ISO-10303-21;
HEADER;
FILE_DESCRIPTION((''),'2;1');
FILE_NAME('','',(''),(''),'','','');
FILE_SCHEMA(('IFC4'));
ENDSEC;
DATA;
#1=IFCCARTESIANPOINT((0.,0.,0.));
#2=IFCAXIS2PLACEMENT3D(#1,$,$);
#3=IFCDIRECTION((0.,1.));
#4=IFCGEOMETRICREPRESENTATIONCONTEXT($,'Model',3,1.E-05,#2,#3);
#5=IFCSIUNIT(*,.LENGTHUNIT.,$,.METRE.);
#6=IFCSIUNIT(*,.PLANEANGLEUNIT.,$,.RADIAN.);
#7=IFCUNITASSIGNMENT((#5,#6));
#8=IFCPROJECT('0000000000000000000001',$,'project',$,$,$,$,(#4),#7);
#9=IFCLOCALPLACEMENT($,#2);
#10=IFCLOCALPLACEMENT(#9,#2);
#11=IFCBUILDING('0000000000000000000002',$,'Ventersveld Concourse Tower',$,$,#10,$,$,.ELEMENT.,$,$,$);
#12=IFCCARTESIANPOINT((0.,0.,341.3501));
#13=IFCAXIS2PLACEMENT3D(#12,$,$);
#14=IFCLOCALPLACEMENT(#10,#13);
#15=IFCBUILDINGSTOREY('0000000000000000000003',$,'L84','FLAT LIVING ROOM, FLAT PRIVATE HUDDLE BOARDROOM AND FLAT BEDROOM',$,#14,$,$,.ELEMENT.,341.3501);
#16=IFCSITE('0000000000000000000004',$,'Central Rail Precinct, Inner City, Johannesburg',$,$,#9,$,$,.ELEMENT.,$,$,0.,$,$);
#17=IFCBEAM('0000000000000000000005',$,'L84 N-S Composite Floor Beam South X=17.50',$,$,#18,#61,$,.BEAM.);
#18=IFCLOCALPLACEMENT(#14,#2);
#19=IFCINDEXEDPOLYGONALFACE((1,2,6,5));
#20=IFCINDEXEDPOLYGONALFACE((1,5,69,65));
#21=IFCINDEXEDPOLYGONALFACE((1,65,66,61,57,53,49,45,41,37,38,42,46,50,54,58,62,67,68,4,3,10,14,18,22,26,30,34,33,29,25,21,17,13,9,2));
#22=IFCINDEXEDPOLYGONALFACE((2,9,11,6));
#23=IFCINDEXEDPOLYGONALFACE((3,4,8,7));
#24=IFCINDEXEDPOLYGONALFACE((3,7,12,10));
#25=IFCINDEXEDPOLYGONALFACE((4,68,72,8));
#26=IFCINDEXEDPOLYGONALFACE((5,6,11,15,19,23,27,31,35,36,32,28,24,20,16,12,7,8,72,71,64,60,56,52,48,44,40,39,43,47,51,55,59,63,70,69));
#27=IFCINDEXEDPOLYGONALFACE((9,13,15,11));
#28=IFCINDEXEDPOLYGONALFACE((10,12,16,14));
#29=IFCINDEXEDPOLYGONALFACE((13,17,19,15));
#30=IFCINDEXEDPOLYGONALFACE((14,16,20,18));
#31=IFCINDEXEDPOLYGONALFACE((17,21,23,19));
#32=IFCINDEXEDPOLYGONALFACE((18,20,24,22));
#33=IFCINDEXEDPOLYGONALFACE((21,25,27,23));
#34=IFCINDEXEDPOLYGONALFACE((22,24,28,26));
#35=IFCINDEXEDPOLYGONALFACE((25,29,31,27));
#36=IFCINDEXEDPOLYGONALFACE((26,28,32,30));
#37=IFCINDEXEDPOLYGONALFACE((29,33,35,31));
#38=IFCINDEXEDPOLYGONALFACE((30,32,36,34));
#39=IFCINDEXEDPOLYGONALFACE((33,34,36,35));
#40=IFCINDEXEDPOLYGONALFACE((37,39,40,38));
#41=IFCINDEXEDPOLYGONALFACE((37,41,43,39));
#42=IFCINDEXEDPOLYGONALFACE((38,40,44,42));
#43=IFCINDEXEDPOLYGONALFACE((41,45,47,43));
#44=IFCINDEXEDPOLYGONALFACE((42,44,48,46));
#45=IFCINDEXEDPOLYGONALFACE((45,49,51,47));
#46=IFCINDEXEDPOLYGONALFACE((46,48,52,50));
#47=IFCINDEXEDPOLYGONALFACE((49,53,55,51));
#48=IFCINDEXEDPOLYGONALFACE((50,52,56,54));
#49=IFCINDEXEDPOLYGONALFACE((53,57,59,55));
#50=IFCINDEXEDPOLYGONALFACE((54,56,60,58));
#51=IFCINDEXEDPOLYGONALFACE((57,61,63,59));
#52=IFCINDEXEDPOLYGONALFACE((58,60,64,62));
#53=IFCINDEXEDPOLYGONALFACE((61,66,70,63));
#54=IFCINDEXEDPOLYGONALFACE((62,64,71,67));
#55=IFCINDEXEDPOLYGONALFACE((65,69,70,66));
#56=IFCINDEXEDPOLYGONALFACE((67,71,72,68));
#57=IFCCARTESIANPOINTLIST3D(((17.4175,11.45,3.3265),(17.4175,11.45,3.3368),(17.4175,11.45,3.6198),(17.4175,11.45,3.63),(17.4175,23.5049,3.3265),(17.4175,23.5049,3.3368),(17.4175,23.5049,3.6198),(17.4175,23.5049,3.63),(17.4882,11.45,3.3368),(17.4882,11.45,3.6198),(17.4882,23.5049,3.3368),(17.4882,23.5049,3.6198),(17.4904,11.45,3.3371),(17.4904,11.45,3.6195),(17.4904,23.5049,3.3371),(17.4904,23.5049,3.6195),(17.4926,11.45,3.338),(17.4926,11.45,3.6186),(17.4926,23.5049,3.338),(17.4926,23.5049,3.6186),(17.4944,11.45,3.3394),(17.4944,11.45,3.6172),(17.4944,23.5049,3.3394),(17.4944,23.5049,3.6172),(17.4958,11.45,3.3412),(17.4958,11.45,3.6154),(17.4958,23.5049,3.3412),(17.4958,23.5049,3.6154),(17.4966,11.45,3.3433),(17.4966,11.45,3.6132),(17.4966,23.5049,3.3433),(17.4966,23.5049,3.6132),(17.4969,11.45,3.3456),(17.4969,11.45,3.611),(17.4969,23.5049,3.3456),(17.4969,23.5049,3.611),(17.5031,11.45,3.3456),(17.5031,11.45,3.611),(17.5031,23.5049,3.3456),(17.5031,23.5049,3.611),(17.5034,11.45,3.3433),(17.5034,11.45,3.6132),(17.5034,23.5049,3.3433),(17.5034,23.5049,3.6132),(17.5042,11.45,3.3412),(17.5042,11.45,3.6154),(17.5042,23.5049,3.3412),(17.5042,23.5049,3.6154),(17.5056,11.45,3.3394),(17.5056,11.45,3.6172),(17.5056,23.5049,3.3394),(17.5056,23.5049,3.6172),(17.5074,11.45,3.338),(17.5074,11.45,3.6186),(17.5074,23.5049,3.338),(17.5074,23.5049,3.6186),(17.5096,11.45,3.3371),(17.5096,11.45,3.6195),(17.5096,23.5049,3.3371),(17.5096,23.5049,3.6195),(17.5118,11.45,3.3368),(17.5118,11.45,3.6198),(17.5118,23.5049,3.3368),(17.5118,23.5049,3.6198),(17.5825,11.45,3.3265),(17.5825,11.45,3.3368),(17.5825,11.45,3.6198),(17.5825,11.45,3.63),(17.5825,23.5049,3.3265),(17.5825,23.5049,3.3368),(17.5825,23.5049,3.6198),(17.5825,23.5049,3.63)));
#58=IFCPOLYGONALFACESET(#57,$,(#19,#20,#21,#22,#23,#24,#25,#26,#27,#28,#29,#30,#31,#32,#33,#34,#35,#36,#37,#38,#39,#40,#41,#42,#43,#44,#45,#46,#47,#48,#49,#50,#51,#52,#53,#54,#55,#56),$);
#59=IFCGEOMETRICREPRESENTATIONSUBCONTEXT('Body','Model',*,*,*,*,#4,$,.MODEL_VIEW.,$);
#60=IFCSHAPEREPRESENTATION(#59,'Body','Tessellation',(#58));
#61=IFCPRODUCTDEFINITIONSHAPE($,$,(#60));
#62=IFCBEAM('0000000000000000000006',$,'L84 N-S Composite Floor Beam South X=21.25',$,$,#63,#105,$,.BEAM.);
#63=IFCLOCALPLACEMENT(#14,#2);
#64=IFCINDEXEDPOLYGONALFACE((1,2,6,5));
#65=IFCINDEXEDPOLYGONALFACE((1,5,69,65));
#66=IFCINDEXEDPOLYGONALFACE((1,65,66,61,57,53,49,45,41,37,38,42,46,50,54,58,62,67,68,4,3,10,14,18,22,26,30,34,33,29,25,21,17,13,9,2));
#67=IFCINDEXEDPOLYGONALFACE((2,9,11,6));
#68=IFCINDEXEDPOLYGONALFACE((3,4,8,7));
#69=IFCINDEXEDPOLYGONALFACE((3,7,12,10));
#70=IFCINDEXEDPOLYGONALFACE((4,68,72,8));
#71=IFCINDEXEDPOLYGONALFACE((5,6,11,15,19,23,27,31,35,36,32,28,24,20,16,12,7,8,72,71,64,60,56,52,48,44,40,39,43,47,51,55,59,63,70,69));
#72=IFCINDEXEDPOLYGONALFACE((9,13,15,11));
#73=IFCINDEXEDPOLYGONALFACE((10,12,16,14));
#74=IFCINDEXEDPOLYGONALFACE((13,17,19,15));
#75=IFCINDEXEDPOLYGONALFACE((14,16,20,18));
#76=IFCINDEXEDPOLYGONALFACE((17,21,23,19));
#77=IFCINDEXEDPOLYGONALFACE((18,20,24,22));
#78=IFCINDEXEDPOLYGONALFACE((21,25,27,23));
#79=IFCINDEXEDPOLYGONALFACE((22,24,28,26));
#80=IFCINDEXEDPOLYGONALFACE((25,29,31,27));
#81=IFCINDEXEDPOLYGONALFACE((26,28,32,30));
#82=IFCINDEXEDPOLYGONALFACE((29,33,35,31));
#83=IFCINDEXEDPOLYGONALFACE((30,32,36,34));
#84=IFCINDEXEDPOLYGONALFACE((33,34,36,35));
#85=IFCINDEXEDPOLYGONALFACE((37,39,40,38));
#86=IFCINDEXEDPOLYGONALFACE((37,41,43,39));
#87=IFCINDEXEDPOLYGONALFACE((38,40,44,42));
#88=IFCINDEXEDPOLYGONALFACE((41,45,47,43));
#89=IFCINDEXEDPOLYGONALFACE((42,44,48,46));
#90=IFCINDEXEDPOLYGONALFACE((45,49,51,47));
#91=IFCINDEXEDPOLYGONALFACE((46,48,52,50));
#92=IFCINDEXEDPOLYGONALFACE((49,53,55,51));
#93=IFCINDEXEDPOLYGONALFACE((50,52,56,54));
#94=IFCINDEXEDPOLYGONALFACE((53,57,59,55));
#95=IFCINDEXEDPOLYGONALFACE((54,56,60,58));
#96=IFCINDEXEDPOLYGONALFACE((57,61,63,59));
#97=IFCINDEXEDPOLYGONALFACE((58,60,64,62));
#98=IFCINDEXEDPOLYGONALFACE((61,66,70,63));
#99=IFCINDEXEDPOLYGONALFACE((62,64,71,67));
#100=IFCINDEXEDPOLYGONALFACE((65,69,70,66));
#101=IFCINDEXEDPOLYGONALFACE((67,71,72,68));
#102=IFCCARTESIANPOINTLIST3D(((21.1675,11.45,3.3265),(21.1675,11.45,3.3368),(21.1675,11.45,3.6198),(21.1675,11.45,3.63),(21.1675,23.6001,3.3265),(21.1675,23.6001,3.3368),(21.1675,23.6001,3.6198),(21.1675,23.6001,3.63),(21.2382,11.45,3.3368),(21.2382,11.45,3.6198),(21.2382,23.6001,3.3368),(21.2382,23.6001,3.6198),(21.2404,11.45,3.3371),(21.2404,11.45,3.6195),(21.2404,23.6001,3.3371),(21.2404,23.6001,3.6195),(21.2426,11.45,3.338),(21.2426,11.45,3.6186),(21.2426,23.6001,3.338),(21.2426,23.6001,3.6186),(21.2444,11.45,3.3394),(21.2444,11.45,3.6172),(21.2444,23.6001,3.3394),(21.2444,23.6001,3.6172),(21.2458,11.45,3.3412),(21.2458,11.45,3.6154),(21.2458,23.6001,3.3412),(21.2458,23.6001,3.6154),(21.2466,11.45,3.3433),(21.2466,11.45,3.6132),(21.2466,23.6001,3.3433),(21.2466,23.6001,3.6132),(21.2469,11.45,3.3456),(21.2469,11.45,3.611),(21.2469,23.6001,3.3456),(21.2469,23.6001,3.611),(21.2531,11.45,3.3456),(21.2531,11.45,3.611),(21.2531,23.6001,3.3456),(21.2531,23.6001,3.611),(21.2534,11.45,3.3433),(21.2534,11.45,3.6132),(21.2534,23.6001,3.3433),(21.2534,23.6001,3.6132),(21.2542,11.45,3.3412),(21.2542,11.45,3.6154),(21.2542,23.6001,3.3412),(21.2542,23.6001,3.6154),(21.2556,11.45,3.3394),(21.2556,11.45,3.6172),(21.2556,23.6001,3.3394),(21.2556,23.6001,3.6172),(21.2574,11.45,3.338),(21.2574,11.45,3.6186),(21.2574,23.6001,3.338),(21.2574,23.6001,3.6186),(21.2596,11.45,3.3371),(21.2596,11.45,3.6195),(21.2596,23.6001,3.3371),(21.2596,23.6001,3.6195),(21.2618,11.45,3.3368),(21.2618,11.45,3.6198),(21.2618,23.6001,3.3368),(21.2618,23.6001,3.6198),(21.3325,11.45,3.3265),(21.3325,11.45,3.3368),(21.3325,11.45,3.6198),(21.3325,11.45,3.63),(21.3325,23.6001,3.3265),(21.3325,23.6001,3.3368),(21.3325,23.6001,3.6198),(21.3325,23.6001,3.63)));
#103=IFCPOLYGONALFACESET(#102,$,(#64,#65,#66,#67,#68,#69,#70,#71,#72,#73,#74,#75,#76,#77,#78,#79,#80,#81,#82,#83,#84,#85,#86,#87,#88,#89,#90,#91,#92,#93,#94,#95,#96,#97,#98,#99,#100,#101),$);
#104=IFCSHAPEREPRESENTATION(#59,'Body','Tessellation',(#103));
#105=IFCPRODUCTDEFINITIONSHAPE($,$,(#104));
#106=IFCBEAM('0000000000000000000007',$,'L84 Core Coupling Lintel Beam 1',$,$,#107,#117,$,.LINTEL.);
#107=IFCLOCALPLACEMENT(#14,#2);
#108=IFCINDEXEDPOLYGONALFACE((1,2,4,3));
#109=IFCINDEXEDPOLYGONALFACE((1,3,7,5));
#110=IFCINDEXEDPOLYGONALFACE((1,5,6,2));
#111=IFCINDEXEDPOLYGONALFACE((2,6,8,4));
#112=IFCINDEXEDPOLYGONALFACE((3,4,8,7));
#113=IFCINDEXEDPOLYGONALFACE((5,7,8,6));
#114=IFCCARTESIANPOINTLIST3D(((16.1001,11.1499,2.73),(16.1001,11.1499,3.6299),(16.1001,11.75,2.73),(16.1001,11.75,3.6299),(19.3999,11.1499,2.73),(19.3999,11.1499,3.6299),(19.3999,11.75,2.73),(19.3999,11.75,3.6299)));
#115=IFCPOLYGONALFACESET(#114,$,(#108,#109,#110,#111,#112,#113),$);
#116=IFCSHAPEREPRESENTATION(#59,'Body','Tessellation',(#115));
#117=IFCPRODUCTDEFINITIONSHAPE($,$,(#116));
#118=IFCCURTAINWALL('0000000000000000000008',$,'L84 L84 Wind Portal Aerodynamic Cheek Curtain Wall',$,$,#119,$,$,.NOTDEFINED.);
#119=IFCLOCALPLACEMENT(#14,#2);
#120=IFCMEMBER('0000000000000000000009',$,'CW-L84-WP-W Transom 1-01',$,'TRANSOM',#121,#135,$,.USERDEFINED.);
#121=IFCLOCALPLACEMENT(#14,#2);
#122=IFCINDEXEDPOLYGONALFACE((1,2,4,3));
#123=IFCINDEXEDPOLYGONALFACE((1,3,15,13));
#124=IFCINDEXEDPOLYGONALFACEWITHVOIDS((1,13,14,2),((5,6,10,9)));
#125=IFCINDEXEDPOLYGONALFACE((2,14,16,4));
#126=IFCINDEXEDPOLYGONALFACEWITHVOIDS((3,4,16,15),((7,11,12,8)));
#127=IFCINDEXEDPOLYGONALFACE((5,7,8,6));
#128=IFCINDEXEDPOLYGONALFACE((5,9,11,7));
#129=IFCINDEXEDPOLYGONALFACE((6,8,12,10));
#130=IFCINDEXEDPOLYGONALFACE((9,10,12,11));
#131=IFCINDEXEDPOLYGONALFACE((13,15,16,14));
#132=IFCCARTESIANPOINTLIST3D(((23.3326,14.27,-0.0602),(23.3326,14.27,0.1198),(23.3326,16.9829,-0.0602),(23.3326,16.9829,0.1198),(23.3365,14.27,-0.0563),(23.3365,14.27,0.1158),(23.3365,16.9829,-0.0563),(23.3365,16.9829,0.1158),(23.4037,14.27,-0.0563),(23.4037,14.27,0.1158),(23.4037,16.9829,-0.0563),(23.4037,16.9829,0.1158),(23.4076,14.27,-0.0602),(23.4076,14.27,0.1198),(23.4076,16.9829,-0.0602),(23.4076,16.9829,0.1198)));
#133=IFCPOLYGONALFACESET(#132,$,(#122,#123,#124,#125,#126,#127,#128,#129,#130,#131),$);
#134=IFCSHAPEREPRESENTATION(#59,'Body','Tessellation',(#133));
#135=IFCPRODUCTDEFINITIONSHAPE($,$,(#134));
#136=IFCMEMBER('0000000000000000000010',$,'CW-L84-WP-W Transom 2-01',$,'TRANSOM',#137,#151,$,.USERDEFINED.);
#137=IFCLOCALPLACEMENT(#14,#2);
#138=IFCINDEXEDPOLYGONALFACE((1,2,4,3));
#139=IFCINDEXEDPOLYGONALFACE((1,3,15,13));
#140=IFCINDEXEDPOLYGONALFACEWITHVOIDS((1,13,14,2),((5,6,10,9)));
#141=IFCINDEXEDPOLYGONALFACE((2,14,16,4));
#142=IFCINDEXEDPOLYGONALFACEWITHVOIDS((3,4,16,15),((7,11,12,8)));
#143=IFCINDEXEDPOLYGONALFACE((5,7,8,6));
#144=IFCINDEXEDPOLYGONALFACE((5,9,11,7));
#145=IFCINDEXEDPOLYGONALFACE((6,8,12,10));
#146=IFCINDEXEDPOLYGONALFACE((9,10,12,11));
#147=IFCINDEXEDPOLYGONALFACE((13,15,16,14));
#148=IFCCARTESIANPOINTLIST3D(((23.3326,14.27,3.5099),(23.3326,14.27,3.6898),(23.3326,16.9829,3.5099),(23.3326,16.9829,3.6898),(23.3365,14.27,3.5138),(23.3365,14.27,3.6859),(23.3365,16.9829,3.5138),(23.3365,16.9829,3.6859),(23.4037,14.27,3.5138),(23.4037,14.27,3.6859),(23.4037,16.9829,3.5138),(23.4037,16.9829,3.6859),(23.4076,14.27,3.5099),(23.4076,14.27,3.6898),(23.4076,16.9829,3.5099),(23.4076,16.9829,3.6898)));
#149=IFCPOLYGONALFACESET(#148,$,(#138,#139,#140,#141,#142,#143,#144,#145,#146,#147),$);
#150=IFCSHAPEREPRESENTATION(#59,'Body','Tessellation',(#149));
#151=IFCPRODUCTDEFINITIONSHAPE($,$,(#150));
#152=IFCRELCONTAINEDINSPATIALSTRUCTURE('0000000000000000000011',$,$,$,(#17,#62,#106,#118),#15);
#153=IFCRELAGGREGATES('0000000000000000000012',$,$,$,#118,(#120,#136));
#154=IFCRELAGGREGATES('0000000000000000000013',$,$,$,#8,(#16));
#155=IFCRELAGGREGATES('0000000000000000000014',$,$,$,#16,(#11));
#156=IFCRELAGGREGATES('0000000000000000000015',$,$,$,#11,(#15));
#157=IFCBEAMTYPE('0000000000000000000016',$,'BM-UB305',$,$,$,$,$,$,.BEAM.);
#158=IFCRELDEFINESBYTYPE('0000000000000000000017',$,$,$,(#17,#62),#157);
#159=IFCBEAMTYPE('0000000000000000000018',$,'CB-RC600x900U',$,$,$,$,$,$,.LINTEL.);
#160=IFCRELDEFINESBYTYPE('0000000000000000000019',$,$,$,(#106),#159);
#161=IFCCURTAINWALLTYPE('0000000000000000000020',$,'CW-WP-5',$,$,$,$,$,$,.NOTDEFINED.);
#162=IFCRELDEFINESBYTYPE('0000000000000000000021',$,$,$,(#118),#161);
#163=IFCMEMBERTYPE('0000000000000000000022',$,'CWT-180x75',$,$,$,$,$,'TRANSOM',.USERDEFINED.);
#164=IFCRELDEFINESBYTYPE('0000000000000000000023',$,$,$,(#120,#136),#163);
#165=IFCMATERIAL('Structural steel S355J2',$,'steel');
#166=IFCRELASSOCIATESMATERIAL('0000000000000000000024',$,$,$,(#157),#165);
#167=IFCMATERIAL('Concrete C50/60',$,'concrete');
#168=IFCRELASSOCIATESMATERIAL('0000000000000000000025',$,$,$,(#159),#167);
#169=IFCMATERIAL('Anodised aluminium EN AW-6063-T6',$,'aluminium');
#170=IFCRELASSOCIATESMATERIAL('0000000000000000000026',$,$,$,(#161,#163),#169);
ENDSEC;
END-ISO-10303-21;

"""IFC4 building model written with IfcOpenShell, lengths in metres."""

from ifc_helpers import new_model, si_unit, direction, frame, origin, origin_2d, place, context, subcontext, project, spatial, rectangle, hollow_rectangle, i_section, extrude, material, material_profile, profile_set, type_object, element, aggregate, save


model = new_model("IFC4")

# Units and contexts
model_context = context("Model", 3, precision=1e-05, world=origin(), true_north=direction((0.0, 1.0)))
body_context = subcontext(model_context, "Body", "Model", "MODEL_VIEW")
ifc_project = project(units=[si_unit("LENGTHUNIT", "METRE"), si_unit("PLANEANGLEUNIT", "RADIAN")], contexts=[model_context])

# Site, building, storey
site_placement = place(None, origin())
site = spatial("IfcSite", under=ifc_project, at=site_placement, Name="Central Rail Precinct, Inner City, Johannesburg", CompositionType="ELEMENT", RefElevation=0.0)
building_placement = place(site_placement, origin())
building = spatial("IfcBuilding", under=site, at=building_placement, Name="Ventersveld Concourse Tower", CompositionType="ELEMENT")
storey_placement = place(building_placement, frame((0.0, 0.0, 341.3501)))
storey = spatial("IfcBuildingStorey", under=building, at=storey_placement, Name="L84", Description="FLAT LIVING ROOM, FLAT PRIVATE HUDDLE BOARDROOM AND FLAT BEDROOM", CompositionType="ELEMENT", Elevation=341.3501)

# Beams
ifc_material_1 = material(Name="Structural steel S355J2", Category="steel")
ifc_material_profile_1 = material_profile(ifc_material_1, i_section(OverallWidth=0.165, OverallDepth=0.3035, WebThickness=0.0061, FlangeThickness=0.0103, FilletRadius=0.0088, at=origin_2d()), Name="UB 305x165x40")
ifc_profile_set_1 = profile_set([ifc_material_profile_1], Name="Structural steel S355J2")
beam_type_1 = type_object("IfcBeamType", Name="BM-UB305", PredefinedType="BEAM", material=ifc_profile_set_1)
beam_1_placement = place(storey_placement, frame((17.5, 11.45, 3.4783), z_axis=(0.0, 1.0, 0.0), x_axis=(-1.0, 0.0, 0.0)))
element("IfcBeam", 1, at=beam_1_placement, inside=storey, type_object=beam_type_1, Name="L84 N-S Composite Floor Beam South X=17.50", PredefinedType="BEAM", context=body_context, shape_type="SweptSolid", body=[
    extrude(i_section(OverallWidth=0.165, OverallDepth=0.3035, WebThickness=0.0061, FlangeThickness=0.0103, FilletRadius=0.0088, at=origin_2d()), origin(), (0.0, 0.0, 1.0), 12.0549),
])
beam_2_placement = place(storey_placement, frame((21.25, 11.45, 3.4783), z_axis=(0.0, 1.0, 0.0), x_axis=(-1.0, 0.0, 0.0)))
element("IfcBeam", 2, at=beam_2_placement, inside=storey, type_object=beam_type_1, Name="L84 N-S Composite Floor Beam South X=21.25", PredefinedType="BEAM", context=body_context, shape_type="SweptSolid", body=[
    extrude(i_section(OverallWidth=0.165, OverallDepth=0.3035, WebThickness=0.0061, FlangeThickness=0.0103, FilletRadius=0.0088, at=origin_2d()), origin(), (0.0, 0.0, 1.0), 12.1501),
])
ifc_material_2 = material(Name="Concrete C50/60", Category="concrete")
ifc_material_profile_2 = material_profile(ifc_material_2, rectangle(XDim=0.6001, YDim=0.8999, at=origin_2d()), Name="RC 600x900")
ifc_profile_set_2 = profile_set([ifc_material_profile_2], Name="Concrete C50/60")
beam_type_2 = type_object("IfcBeamType", Name="CB-RC600x900U", PredefinedType="LINTEL", material=ifc_profile_set_2)
beam_3_placement = place(storey_placement, frame((16.1001, 11.45, 3.1799), z_axis=(1.0, 0.0, 0.0), x_axis=(0.0, 1.0, 0.0)))
element("IfcBeam", 3, at=beam_3_placement, inside=storey, type_object=beam_type_2, Name="L84 Core Coupling Lintel Beam 1", PredefinedType="LINTEL", context=body_context, shape_type="SweptSolid", body=[
    extrude(rectangle(XDim=0.6001, YDim=0.8999, at=origin_2d()), origin(), (0.0, 0.0, 1.0), 3.2998),
])

# Curtain wall, members
ifc_material_3 = material(Name="Anodised aluminium EN AW-6063-T6", Category="aluminium")
curtain_wall_type = type_object("IfcCurtainWallType", Name="CW-WP-5", PredefinedType="NOTDEFINED", material=ifc_material_3)
curtain_wall_placement = place(storey_placement, origin())
curtain_wall = element("IfcCurtainWall", 4, at=curtain_wall_placement, inside=storey, type_object=curtain_wall_type, Name="L84 L84 Wind Portal Aerodynamic Cheek Curtain Wall", PredefinedType="NOTDEFINED")
ifc_material_profile_3 = material_profile(ifc_material_3, hollow_rectangle(XDim=0.075, YDim=0.1799, WallThickness=0.0039, at=origin_2d()), Name="ALU 180x75x4")
ifc_profile_set_3 = profile_set([ifc_material_profile_3], Name="Anodised aluminium EN AW-6063-T6")
member_type = type_object("IfcMemberType", Name="CWT-180x75", ElementType="TRANSOM", PredefinedType="USERDEFINED", material=ifc_profile_set_3)
member_1_placement = place(storey_placement, frame((23.3701, 14.27, 0.0298), z_axis=(0.0, 1.0, 0.0), x_axis=(-1.0, 0.0, 0.0)))
member_1 = element("IfcMember", 5, at=member_1_placement, type_object=member_type, Name="CW-L84-WP-W Transom 1-01", ObjectType="TRANSOM", PredefinedType="USERDEFINED", context=body_context, shape_type="SweptSolid", body=[
    extrude(hollow_rectangle(XDim=0.075, YDim=0.1799, WallThickness=0.0039, at=origin_2d()), origin(), (0.0, 0.0, 1.0), 2.7129),
])
member_2_placement = place(storey_placement, frame((23.3701, 14.27, 3.5999), z_axis=(0.0, 1.0, 0.0), x_axis=(-1.0, 0.0, 0.0)))
member_2 = element("IfcMember", 6, at=member_2_placement, type_object=member_type, Name="CW-L84-WP-W Transom 2-01", ObjectType="TRANSOM", PredefinedType="USERDEFINED", context=body_context, shape_type="SweptSolid", body=[
    extrude(hollow_rectangle(XDim=0.075, YDim=0.1799, WallThickness=0.0039, at=origin_2d()), origin(), (0.0, 0.0, 1.0), 2.7129),
])
aggregate(curtain_wall, [member_1, member_2])

save(model, "model.ifc")
